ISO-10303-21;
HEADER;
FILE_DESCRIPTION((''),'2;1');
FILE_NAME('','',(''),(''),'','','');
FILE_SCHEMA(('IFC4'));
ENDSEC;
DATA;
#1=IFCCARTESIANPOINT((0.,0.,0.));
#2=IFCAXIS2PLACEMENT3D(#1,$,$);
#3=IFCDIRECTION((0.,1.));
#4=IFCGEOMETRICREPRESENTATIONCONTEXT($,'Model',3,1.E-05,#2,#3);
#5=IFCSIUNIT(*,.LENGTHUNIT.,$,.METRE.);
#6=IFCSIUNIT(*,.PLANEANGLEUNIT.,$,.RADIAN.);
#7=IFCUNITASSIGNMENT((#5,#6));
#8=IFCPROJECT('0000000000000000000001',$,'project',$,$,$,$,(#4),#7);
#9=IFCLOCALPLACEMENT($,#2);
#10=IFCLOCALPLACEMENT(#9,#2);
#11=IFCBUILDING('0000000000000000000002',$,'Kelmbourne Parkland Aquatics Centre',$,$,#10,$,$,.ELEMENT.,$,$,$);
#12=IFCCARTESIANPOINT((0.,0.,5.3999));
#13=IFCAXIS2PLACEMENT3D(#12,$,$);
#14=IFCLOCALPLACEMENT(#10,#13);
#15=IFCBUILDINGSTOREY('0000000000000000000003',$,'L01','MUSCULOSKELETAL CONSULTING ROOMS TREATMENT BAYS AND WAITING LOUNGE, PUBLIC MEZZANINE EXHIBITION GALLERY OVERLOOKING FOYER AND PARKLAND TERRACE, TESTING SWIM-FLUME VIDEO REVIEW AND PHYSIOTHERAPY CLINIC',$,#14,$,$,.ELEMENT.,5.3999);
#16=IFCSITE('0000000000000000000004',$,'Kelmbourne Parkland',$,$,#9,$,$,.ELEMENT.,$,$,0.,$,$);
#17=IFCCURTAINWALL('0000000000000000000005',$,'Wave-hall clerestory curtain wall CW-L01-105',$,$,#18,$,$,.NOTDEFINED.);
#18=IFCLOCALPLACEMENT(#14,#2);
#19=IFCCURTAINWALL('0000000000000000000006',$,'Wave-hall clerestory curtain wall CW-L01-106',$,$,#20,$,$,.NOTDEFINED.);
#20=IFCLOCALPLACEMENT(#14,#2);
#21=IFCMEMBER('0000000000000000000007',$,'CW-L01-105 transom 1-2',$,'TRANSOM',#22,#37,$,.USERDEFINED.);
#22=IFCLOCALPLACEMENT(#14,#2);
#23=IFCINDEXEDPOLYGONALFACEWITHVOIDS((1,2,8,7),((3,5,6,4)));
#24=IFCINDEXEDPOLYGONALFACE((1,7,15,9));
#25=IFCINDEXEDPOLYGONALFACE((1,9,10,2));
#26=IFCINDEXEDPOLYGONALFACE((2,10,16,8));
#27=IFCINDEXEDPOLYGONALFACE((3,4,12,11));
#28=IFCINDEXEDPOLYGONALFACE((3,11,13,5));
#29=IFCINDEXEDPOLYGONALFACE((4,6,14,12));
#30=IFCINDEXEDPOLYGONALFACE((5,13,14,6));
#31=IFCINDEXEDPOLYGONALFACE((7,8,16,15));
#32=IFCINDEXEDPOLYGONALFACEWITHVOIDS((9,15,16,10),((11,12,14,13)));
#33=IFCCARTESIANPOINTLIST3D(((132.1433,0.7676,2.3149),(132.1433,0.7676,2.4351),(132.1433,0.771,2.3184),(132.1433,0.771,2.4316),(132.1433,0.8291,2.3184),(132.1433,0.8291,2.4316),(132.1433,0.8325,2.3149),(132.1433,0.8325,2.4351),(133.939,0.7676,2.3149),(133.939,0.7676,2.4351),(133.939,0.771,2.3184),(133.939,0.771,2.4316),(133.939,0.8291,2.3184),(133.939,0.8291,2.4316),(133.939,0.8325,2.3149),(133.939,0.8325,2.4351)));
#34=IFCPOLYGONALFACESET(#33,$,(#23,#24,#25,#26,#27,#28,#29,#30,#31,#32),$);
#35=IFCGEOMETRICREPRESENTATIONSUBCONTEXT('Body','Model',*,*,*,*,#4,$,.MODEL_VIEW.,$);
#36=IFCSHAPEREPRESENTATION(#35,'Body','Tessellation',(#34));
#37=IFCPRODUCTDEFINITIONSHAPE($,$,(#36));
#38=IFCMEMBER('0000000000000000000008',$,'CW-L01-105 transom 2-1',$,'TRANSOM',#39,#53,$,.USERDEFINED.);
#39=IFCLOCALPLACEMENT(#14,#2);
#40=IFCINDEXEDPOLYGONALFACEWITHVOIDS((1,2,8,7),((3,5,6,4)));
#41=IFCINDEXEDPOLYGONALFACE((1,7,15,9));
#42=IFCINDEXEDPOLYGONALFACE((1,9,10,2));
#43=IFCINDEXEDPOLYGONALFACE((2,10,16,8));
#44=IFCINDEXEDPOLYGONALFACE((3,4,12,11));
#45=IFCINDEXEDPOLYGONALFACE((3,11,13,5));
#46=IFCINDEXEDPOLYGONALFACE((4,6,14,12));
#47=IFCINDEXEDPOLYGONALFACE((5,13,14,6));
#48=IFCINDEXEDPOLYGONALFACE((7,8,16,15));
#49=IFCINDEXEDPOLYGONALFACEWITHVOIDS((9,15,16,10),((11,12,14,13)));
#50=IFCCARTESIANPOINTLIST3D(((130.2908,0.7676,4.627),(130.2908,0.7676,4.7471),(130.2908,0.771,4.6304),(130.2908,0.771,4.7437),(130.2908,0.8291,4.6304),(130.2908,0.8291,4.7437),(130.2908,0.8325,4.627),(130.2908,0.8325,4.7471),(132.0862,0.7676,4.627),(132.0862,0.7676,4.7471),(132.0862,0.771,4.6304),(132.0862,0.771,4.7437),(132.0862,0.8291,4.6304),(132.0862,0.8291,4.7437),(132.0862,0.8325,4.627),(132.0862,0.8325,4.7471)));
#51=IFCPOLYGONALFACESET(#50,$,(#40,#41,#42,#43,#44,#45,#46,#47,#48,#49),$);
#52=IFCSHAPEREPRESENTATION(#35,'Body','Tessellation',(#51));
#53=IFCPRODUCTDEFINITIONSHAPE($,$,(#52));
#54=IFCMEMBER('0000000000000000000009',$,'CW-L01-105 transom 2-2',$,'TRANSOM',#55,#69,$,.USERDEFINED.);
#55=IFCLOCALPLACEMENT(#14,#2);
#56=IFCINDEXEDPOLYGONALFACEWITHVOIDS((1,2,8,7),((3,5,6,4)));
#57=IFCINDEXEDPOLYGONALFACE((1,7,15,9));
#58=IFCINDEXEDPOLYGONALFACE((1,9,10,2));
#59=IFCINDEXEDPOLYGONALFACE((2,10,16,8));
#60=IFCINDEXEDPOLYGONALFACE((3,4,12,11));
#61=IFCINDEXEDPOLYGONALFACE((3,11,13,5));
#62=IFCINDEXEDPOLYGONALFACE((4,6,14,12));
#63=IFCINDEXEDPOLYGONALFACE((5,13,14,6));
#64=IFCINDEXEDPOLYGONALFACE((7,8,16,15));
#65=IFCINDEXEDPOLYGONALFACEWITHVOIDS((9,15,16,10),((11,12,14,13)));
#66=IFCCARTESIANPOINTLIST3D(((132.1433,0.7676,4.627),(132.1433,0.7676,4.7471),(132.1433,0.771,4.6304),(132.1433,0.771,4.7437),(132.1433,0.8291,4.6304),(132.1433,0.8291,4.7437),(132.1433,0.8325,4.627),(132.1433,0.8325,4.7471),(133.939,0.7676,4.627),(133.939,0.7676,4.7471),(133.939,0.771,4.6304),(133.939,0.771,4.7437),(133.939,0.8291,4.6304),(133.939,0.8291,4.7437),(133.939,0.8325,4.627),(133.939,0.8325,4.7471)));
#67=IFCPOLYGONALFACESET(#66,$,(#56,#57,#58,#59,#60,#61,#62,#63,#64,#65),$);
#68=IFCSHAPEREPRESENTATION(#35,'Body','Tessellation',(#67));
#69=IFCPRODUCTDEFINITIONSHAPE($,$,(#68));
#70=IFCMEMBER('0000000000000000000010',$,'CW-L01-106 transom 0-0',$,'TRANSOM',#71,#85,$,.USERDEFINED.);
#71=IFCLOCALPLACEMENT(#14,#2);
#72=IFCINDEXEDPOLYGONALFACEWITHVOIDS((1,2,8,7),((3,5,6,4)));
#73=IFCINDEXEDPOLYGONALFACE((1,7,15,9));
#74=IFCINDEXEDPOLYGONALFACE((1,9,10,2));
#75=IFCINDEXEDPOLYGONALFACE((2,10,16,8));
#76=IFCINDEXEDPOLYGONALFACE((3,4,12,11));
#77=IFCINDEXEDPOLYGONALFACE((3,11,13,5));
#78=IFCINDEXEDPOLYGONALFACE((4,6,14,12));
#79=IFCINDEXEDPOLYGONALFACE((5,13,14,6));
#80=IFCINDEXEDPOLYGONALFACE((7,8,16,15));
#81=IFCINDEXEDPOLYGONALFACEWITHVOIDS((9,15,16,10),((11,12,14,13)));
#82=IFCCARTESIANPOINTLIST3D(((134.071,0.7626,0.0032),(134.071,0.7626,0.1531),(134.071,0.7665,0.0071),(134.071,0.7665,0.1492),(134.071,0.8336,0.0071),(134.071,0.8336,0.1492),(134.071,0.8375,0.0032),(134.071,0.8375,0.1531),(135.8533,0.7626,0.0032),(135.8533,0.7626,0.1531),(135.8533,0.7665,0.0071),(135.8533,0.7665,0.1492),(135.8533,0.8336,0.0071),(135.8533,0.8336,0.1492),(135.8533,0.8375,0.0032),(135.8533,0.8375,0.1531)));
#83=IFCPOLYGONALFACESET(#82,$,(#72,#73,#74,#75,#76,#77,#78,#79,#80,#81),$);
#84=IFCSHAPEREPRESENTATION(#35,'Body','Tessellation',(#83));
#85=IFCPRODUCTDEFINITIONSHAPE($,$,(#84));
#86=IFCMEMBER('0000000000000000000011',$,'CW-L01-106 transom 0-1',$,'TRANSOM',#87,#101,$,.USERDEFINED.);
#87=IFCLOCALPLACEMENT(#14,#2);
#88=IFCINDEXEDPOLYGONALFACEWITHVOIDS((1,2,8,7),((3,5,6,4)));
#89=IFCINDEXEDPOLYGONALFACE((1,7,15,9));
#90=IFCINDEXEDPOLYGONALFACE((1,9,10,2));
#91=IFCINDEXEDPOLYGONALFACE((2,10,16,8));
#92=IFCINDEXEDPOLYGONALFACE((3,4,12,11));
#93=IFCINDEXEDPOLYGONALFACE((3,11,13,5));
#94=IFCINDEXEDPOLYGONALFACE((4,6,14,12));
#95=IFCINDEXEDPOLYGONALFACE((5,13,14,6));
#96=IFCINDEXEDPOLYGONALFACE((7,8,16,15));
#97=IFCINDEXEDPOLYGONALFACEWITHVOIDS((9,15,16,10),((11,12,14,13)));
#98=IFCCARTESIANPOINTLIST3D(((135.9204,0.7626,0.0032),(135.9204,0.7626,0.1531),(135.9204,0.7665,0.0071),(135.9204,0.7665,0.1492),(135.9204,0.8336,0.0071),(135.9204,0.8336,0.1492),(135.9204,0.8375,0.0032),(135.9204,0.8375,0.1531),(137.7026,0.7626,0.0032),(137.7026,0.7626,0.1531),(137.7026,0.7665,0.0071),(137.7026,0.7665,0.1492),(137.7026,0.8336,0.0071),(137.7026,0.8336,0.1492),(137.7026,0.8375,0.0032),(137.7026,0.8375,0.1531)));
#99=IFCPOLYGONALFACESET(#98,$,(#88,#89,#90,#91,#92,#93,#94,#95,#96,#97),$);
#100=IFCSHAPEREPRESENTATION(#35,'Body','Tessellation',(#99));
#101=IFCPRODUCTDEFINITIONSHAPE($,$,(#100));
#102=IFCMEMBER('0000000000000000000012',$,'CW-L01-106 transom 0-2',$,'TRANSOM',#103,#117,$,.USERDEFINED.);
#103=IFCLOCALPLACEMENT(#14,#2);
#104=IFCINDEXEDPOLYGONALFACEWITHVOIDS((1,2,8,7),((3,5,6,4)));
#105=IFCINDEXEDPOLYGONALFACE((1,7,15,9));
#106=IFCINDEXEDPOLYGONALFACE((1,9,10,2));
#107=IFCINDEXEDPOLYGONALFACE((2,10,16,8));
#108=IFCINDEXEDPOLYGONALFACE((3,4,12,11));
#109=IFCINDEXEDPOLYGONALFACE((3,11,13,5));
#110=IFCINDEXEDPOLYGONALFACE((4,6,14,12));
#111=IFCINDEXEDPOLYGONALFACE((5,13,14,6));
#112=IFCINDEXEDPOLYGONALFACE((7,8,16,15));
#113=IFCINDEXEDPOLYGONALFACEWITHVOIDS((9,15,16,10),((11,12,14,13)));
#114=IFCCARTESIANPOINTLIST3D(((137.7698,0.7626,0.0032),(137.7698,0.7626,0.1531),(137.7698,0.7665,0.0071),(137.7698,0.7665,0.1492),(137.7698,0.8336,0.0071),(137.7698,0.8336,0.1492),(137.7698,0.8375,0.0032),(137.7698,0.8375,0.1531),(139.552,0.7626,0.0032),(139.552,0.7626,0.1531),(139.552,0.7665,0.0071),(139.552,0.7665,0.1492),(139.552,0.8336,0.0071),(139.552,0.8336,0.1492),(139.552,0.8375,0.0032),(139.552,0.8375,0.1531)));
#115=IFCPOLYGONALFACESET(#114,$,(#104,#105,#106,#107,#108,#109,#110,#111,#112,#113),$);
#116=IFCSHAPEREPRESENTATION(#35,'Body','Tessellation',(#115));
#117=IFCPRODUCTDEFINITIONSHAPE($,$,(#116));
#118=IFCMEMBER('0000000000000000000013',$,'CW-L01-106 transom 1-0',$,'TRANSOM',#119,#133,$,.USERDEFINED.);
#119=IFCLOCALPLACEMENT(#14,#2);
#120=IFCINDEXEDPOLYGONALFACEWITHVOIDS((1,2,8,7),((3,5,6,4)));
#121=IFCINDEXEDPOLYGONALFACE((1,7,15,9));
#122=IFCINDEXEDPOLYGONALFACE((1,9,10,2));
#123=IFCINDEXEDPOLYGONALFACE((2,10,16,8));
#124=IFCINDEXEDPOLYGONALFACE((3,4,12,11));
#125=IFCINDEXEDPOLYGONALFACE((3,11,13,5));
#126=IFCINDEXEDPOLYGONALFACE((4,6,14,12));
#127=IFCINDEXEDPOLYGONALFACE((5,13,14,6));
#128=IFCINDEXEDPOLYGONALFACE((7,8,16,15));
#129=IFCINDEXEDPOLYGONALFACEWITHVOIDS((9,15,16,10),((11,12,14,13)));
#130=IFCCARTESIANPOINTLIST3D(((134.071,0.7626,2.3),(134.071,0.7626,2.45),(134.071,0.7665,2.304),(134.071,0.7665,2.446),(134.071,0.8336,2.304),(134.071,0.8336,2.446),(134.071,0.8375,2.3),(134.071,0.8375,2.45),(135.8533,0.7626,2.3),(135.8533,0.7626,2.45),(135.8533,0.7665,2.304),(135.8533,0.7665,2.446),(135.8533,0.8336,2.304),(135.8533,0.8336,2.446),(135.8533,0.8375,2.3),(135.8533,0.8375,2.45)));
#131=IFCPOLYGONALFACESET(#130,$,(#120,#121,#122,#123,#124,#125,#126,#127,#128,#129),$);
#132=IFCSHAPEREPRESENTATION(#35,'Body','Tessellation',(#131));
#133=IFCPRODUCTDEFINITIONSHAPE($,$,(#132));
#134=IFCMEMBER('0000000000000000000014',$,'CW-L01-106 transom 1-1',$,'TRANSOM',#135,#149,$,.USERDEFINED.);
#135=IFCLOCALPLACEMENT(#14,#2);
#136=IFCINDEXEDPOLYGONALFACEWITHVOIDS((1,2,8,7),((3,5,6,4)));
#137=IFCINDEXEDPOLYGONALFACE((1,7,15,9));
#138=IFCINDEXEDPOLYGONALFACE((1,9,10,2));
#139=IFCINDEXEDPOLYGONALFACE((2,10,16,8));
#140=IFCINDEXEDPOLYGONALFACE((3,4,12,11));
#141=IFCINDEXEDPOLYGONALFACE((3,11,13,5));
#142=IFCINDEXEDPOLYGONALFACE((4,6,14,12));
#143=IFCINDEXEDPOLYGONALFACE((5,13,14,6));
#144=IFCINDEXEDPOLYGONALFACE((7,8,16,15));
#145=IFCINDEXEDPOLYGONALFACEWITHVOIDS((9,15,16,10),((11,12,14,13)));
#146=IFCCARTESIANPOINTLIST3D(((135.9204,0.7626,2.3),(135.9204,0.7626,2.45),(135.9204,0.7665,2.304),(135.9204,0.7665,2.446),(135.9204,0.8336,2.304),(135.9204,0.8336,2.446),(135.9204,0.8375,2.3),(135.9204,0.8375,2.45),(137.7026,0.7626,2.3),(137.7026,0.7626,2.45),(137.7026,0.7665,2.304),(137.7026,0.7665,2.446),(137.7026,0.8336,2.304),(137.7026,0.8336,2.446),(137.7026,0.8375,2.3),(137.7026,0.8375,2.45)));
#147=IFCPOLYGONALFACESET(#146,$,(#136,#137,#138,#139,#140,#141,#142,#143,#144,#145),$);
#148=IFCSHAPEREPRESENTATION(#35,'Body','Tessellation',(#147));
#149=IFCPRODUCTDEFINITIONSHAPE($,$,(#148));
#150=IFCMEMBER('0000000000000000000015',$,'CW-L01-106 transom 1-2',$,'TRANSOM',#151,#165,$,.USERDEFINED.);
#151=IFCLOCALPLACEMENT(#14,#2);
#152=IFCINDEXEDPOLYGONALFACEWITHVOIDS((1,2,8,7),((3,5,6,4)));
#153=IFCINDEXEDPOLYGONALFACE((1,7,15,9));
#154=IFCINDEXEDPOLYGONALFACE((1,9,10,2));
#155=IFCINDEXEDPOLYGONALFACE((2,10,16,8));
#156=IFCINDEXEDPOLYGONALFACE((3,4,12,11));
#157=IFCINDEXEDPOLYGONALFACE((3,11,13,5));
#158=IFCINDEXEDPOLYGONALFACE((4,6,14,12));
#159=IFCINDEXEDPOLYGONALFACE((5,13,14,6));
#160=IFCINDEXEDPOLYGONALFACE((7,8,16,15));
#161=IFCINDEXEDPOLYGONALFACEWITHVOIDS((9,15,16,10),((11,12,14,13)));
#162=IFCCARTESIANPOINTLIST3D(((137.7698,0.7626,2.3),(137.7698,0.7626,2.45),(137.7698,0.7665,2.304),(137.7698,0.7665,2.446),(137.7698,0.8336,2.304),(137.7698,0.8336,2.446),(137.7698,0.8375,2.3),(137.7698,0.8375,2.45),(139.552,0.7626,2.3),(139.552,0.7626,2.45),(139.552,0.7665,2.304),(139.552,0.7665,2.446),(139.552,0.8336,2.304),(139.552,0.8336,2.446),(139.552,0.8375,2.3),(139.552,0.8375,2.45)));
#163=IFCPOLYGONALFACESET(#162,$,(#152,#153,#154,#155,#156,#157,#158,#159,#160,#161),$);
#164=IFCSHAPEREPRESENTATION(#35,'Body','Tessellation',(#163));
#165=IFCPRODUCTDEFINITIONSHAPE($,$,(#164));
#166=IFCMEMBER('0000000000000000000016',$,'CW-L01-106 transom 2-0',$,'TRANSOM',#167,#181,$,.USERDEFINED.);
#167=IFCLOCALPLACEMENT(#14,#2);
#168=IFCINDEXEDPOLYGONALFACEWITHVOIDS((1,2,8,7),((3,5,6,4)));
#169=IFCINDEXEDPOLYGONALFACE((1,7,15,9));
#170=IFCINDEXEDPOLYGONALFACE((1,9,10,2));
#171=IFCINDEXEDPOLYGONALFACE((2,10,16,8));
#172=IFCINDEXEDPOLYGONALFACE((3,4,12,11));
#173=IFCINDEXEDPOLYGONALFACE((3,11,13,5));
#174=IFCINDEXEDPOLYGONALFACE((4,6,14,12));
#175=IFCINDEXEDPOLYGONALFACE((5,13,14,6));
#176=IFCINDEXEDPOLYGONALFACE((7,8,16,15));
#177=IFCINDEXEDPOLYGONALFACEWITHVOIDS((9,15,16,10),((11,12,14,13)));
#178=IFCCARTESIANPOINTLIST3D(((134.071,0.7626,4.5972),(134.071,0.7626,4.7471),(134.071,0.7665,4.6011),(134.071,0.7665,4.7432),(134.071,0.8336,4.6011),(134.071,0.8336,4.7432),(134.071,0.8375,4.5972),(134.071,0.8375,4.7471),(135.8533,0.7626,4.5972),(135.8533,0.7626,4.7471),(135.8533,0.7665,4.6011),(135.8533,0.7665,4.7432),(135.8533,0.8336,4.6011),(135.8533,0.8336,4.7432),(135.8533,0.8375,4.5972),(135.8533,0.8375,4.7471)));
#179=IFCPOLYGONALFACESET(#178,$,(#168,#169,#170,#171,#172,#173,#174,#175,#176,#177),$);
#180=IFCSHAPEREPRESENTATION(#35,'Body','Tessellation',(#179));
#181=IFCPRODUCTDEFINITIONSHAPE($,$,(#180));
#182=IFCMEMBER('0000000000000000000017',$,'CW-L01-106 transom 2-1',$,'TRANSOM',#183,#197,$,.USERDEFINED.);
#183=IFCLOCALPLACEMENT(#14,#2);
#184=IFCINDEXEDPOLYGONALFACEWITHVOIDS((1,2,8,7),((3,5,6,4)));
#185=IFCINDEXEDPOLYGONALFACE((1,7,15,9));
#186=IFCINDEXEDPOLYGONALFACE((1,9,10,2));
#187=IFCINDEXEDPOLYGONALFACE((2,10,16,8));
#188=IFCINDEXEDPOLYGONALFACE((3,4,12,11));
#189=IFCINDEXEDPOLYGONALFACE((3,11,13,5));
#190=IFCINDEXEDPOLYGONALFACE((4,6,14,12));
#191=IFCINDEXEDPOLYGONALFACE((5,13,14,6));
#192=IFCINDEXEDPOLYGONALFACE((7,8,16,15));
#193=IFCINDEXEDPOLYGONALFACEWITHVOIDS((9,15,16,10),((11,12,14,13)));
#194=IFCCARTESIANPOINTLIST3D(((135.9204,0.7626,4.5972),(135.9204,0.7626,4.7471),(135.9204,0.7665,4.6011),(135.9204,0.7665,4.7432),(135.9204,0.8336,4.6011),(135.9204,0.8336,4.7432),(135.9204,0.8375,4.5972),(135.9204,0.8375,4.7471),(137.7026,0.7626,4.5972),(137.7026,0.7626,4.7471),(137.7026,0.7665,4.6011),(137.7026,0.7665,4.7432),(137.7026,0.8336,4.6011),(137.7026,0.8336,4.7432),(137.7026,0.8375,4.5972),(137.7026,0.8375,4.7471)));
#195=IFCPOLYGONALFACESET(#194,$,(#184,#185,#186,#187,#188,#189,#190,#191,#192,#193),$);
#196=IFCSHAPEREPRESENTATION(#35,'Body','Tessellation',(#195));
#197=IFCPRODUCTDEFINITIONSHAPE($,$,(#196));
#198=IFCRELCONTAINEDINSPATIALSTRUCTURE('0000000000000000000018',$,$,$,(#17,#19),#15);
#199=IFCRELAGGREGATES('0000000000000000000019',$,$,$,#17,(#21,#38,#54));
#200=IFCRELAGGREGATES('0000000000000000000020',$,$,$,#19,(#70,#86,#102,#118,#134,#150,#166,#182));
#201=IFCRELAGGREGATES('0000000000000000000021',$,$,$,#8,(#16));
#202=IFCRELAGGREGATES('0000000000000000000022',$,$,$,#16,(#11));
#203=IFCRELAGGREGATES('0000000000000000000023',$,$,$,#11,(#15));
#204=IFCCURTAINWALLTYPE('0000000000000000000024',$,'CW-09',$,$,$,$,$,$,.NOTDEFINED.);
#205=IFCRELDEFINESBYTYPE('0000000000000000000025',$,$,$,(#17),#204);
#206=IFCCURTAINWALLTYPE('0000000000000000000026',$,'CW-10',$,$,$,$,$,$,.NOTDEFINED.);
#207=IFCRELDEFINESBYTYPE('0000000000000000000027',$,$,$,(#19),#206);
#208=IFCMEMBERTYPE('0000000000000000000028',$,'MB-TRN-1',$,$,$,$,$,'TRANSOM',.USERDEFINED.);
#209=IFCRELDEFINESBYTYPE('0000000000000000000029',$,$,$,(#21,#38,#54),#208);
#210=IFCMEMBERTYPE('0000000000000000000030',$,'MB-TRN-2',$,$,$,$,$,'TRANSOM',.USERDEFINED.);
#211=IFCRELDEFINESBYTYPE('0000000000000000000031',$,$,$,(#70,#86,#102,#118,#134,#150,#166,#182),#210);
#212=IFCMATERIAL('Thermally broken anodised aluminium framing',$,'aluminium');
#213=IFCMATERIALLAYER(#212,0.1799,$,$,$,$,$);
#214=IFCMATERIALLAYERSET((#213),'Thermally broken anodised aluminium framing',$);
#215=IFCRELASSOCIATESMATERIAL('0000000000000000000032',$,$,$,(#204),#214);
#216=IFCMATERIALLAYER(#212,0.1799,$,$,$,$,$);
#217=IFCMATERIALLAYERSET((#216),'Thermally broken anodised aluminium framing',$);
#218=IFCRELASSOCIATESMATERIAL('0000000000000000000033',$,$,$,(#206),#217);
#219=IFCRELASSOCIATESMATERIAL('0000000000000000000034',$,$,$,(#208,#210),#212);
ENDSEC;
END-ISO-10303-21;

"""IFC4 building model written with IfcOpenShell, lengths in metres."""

from ifc_helpers import new_model, si_unit, direction, frame, origin, origin_2d, place, context, subcontext, project, spatial, hollow_rectangle, extrude, material, layer, layer_set, material_profile, profile_set, type_object, element, aggregate, save


model = new_model("IFC4")

# Units and contexts
model_context = context("Model", 3, precision=1e-05, world=origin(), true_north=direction((0.0, 1.0)))
body_context = subcontext(model_context, "Body", "Model", "MODEL_VIEW")
ifc_project = project(units=[si_unit("LENGTHUNIT", "METRE"), si_unit("PLANEANGLEUNIT", "RADIAN")], contexts=[model_context])

# Site, building, storey
site_placement = place(None, origin())
site = spatial("IfcSite", under=ifc_project, at=site_placement, Name="Kelmbourne Parkland", CompositionType="ELEMENT", RefElevation=0.0)
building_placement = place(site_placement, origin())
building = spatial("IfcBuilding", under=site, at=building_placement, Name="Kelmbourne Parkland Aquatics Centre", CompositionType="ELEMENT")
storey_placement = place(building_placement, frame((0.0, 0.0, 5.3999)))
storey = spatial("IfcBuildingStorey", under=building, at=storey_placement, Name="L01", Description="MUSCULOSKELETAL CONSULTING ROOMS TREATMENT BAYS AND WAITING LOUNGE, PUBLIC MEZZANINE EXHIBITION GALLERY OVERLOOKING FOYER AND PARKLAND TERRACE, TESTING SWIM-FLUME VIDEO REVIEW AND PHYSIOTHERAPY CLINIC", CompositionType="ELEMENT", Elevation=5.3999)

# Curtain walls
ifc_material_1 = material(Name="Thermally broken anodised aluminium framing", Category="aluminium")
ifc_layer_1 = layer(ifc_material_1, 0.1799)
ifc_layer_set_1 = layer_set([ifc_layer_1], Name="Thermally broken anodised aluminium framing")
curtain_wall_type_1 = type_object("IfcCurtainWallType", Name="CW-09", PredefinedType="NOTDEFINED", material=ifc_layer_set_1)
curtain_wall_1_placement = place(storey_placement, origin())
curtain_wall_1 = element("IfcCurtainWall", 1, at=curtain_wall_1_placement, inside=storey, type_object=curtain_wall_type_1, Name="Wave-hall clerestory curtain wall CW-L01-105", PredefinedType="NOTDEFINED")
ifc_layer_2 = layer(ifc_material_1, 0.1799)
ifc_layer_set_2 = layer_set([ifc_layer_2], Name="Thermally broken anodised aluminium framing")
curtain_wall_type_2 = type_object("IfcCurtainWallType", Name="CW-10", PredefinedType="NOTDEFINED", material=ifc_layer_set_2)
curtain_wall_2_placement = place(storey_placement, origin())
curtain_wall_2 = element("IfcCurtainWall", 2, at=curtain_wall_2_placement, inside=storey, type_object=curtain_wall_type_2, Name="Wave-hall clerestory curtain wall CW-L01-106", PredefinedType="NOTDEFINED")

# Members
ifc_material_profile_1 = material_profile(ifc_material_1, hollow_rectangle(XDim=0.0649, YDim=0.1201, WallThickness=0.0034, at=origin_2d()), Name="CW-T 65x120")
ifc_profile_set_1 = profile_set([ifc_material_profile_1], Name="Thermally broken anodised aluminium framing")
member_type_1 = type_object("IfcMemberType", Name="MB-TRN-1", ElementType="TRANSOM", PredefinedType="USERDEFINED", material=ifc_profile_set_1)
member_1_placement = place(storey_placement, frame((132.1433, 0.8, 2.375), z_axis=(1.0, 0.0, 0.0), x_axis=(0.0, 1.0, 0.0)))
member_1 = element("IfcMember", 3, at=member_1_placement, type_object=member_type_1, Name="CW-L01-105 transom 1-2", ObjectType="TRANSOM", PredefinedType="USERDEFINED", context=body_context, shape_type="SweptSolid", body=[
    extrude(hollow_rectangle(XDim=0.0649, YDim=0.1201, WallThickness=0.0034, at=origin_2d()), origin(), (0.0, 0.0, 1.0), 1.7957),
])
member_2_placement = place(storey_placement, frame((130.2908, 0.8, 4.687), z_axis=(1.0, 0.0, 0.0), x_axis=(0.0, 1.0, 0.0)))
member_2 = element("IfcMember", 4, at=member_2_placement, type_object=member_type_1, Name="CW-L01-105 transom 2-1", ObjectType="TRANSOM", PredefinedType="USERDEFINED", context=body_context, shape_type="SweptSolid", body=[
    extrude(hollow_rectangle(XDim=0.0649, YDim=0.1201, WallThickness=0.0034, at=origin_2d()), origin(), (0.0, 0.0, 1.0), 1.7954),
])
member_3_placement = place(storey_placement, frame((132.1433, 0.8, 4.687), z_axis=(1.0, 0.0, 0.0), x_axis=(0.0, 1.0, 0.0)))
member_3 = element("IfcMember", 5, at=member_3_placement, type_object=member_type_1, Name="CW-L01-105 transom 2-2", ObjectType="TRANSOM", PredefinedType="USERDEFINED", context=body_context, shape_type="SweptSolid", body=[
    extrude(hollow_rectangle(XDim=0.0649, YDim=0.1201, WallThickness=0.0034, at=origin_2d()), origin(), (0.0, 0.0, 1.0), 1.7957),
])
ifc_material_profile_2 = material_profile(ifc_material_1, hollow_rectangle(XDim=0.075, YDim=0.1499, WallThickness=0.0039, at=origin_2d()), Name="CW-T 75x150")
ifc_profile_set_2 = profile_set([ifc_material_profile_2], Name="Thermally broken anodised aluminium framing")
member_type_2 = type_object("IfcMemberType", Name="MB-TRN-2", ElementType="TRANSOM", PredefinedType="USERDEFINED", material=ifc_profile_set_2)
member_4_placement = place(storey_placement, frame((134.071, 0.8, 0.0781), z_axis=(1.0, 0.0, 0.0), x_axis=(0.0, 1.0, 0.0)))
member_4 = element("IfcMember", 6, at=member_4_placement, type_object=member_type_2, Name="CW-L01-106 transom 0-0", ObjectType="TRANSOM", PredefinedType="USERDEFINED", context=body_context, shape_type="SweptSolid", body=[
    extrude(hollow_rectangle(XDim=0.075, YDim=0.1499, WallThickness=0.0039, at=origin_2d()), origin(), (0.0, 0.0, 1.0), 1.7822),
])
member_5_placement = place(storey_placement, frame((135.9204, 0.8, 0.0781), z_axis=(1.0, 0.0, 0.0), x_axis=(0.0, 1.0, 0.0)))
member_5 = element("IfcMember", 7, at=member_5_placement, type_object=member_type_2, Name="CW-L01-106 transom 0-1", ObjectType="TRANSOM", PredefinedType="USERDEFINED", context=body_context, shape_type="SweptSolid", body=[
    extrude(hollow_rectangle(XDim=0.075, YDim=0.1499, WallThickness=0.0039, at=origin_2d()), origin(), (0.0, 0.0, 1.0), 1.7822),
])
member_6_placement = place(storey_placement, frame((137.7698, 0.8, 0.0781), z_axis=(1.0, 0.0, 0.0), x_axis=(0.0, 1.0, 0.0)))
member_6 = element("IfcMember", 8, at=member_6_placement, type_object=member_type_2, Name="CW-L01-106 transom 0-2", ObjectType="TRANSOM", PredefinedType="USERDEFINED", context=body_context, shape_type="SweptSolid", body=[
    extrude(hollow_rectangle(XDim=0.075, YDim=0.1499, WallThickness=0.0039, at=origin_2d()), origin(), (0.0, 0.0, 1.0), 1.7822),
])
member_7_placement = place(storey_placement, frame((134.071, 0.8, 2.375), z_axis=(1.0, 0.0, 0.0), x_axis=(0.0, 1.0, 0.0)))
member_7 = element("IfcMember", 9, at=member_7_placement, type_object=member_type_2, Name="CW-L01-106 transom 1-0", ObjectType="TRANSOM", PredefinedType="USERDEFINED", context=body_context, shape_type="SweptSolid", body=[
    extrude(hollow_rectangle(XDim=0.075, YDim=0.1499, WallThickness=0.0039, at=origin_2d()), origin(), (0.0, 0.0, 1.0), 1.7822),
])
member_8_placement = place(storey_placement, frame((135.9204, 0.8, 2.375), z_axis=(1.0, 0.0, 0.0), x_axis=(0.0, 1.0, 0.0)))
member_8 = element("IfcMember", 10, at=member_8_placement, type_object=member_type_2, Name="CW-L01-106 transom 1-1", ObjectType="TRANSOM", PredefinedType="USERDEFINED", context=body_context, shape_type="SweptSolid", body=[
    extrude(hollow_rectangle(XDim=0.075, YDim=0.1499, WallThickness=0.0039, at=origin_2d()), origin(), (0.0, 0.0, 1.0), 1.7822),
])
member_9_placement = place(storey_placement, frame((137.7698, 0.8, 2.375), z_axis=(1.0, 0.0, 0.0), x_axis=(0.0, 1.0, 0.0)))
member_9 = element("IfcMember", 11, at=member_9_placement, type_object=member_type_2, Name="CW-L01-106 transom 1-2", ObjectType="TRANSOM", PredefinedType="USERDEFINED", context=body_context, shape_type="SweptSolid", body=[
    extrude(hollow_rectangle(XDim=0.075, YDim=0.1499, WallThickness=0.0039, at=origin_2d()), origin(), (0.0, 0.0, 1.0), 1.7822),
])
member_10_placement = place(storey_placement, frame((134.071, 0.8, 4.6721), z_axis=(1.0, 0.0, 0.0), x_axis=(0.0, 1.0, 0.0)))
member_10 = element("IfcMember", 12, at=member_10_placement, type_object=member_type_2, Name="CW-L01-106 transom 2-0", ObjectType="TRANSOM", PredefinedType="USERDEFINED", context=body_context, shape_type="SweptSolid", body=[
    extrude(hollow_rectangle(XDim=0.075, YDim=0.1499, WallThickness=0.0039, at=origin_2d()), origin(), (0.0, 0.0, 1.0), 1.7822),
])
member_11_placement = place(storey_placement, frame((135.9204, 0.8, 4.6721), z_axis=(1.0, 0.0, 0.0), x_axis=(0.0, 1.0, 0.0)))
member_11 = element("IfcMember", 13, at=member_11_placement, type_object=member_type_2, Name="CW-L01-106 transom 2-1", ObjectType="TRANSOM", PredefinedType="USERDEFINED", context=body_context, shape_type="SweptSolid", body=[
    extrude(hollow_rectangle(XDim=0.075, YDim=0.1499, WallThickness=0.0039, at=origin_2d()), origin(), (0.0, 0.0, 1.0), 1.7822),
])

aggregate(curtain_wall_1, [member_1, member_2, member_3])
aggregate(curtain_wall_2, [member_4, member_5, member_6, member_7, member_8, member_9, member_10, member_11])

save(model, "model.ifc")
